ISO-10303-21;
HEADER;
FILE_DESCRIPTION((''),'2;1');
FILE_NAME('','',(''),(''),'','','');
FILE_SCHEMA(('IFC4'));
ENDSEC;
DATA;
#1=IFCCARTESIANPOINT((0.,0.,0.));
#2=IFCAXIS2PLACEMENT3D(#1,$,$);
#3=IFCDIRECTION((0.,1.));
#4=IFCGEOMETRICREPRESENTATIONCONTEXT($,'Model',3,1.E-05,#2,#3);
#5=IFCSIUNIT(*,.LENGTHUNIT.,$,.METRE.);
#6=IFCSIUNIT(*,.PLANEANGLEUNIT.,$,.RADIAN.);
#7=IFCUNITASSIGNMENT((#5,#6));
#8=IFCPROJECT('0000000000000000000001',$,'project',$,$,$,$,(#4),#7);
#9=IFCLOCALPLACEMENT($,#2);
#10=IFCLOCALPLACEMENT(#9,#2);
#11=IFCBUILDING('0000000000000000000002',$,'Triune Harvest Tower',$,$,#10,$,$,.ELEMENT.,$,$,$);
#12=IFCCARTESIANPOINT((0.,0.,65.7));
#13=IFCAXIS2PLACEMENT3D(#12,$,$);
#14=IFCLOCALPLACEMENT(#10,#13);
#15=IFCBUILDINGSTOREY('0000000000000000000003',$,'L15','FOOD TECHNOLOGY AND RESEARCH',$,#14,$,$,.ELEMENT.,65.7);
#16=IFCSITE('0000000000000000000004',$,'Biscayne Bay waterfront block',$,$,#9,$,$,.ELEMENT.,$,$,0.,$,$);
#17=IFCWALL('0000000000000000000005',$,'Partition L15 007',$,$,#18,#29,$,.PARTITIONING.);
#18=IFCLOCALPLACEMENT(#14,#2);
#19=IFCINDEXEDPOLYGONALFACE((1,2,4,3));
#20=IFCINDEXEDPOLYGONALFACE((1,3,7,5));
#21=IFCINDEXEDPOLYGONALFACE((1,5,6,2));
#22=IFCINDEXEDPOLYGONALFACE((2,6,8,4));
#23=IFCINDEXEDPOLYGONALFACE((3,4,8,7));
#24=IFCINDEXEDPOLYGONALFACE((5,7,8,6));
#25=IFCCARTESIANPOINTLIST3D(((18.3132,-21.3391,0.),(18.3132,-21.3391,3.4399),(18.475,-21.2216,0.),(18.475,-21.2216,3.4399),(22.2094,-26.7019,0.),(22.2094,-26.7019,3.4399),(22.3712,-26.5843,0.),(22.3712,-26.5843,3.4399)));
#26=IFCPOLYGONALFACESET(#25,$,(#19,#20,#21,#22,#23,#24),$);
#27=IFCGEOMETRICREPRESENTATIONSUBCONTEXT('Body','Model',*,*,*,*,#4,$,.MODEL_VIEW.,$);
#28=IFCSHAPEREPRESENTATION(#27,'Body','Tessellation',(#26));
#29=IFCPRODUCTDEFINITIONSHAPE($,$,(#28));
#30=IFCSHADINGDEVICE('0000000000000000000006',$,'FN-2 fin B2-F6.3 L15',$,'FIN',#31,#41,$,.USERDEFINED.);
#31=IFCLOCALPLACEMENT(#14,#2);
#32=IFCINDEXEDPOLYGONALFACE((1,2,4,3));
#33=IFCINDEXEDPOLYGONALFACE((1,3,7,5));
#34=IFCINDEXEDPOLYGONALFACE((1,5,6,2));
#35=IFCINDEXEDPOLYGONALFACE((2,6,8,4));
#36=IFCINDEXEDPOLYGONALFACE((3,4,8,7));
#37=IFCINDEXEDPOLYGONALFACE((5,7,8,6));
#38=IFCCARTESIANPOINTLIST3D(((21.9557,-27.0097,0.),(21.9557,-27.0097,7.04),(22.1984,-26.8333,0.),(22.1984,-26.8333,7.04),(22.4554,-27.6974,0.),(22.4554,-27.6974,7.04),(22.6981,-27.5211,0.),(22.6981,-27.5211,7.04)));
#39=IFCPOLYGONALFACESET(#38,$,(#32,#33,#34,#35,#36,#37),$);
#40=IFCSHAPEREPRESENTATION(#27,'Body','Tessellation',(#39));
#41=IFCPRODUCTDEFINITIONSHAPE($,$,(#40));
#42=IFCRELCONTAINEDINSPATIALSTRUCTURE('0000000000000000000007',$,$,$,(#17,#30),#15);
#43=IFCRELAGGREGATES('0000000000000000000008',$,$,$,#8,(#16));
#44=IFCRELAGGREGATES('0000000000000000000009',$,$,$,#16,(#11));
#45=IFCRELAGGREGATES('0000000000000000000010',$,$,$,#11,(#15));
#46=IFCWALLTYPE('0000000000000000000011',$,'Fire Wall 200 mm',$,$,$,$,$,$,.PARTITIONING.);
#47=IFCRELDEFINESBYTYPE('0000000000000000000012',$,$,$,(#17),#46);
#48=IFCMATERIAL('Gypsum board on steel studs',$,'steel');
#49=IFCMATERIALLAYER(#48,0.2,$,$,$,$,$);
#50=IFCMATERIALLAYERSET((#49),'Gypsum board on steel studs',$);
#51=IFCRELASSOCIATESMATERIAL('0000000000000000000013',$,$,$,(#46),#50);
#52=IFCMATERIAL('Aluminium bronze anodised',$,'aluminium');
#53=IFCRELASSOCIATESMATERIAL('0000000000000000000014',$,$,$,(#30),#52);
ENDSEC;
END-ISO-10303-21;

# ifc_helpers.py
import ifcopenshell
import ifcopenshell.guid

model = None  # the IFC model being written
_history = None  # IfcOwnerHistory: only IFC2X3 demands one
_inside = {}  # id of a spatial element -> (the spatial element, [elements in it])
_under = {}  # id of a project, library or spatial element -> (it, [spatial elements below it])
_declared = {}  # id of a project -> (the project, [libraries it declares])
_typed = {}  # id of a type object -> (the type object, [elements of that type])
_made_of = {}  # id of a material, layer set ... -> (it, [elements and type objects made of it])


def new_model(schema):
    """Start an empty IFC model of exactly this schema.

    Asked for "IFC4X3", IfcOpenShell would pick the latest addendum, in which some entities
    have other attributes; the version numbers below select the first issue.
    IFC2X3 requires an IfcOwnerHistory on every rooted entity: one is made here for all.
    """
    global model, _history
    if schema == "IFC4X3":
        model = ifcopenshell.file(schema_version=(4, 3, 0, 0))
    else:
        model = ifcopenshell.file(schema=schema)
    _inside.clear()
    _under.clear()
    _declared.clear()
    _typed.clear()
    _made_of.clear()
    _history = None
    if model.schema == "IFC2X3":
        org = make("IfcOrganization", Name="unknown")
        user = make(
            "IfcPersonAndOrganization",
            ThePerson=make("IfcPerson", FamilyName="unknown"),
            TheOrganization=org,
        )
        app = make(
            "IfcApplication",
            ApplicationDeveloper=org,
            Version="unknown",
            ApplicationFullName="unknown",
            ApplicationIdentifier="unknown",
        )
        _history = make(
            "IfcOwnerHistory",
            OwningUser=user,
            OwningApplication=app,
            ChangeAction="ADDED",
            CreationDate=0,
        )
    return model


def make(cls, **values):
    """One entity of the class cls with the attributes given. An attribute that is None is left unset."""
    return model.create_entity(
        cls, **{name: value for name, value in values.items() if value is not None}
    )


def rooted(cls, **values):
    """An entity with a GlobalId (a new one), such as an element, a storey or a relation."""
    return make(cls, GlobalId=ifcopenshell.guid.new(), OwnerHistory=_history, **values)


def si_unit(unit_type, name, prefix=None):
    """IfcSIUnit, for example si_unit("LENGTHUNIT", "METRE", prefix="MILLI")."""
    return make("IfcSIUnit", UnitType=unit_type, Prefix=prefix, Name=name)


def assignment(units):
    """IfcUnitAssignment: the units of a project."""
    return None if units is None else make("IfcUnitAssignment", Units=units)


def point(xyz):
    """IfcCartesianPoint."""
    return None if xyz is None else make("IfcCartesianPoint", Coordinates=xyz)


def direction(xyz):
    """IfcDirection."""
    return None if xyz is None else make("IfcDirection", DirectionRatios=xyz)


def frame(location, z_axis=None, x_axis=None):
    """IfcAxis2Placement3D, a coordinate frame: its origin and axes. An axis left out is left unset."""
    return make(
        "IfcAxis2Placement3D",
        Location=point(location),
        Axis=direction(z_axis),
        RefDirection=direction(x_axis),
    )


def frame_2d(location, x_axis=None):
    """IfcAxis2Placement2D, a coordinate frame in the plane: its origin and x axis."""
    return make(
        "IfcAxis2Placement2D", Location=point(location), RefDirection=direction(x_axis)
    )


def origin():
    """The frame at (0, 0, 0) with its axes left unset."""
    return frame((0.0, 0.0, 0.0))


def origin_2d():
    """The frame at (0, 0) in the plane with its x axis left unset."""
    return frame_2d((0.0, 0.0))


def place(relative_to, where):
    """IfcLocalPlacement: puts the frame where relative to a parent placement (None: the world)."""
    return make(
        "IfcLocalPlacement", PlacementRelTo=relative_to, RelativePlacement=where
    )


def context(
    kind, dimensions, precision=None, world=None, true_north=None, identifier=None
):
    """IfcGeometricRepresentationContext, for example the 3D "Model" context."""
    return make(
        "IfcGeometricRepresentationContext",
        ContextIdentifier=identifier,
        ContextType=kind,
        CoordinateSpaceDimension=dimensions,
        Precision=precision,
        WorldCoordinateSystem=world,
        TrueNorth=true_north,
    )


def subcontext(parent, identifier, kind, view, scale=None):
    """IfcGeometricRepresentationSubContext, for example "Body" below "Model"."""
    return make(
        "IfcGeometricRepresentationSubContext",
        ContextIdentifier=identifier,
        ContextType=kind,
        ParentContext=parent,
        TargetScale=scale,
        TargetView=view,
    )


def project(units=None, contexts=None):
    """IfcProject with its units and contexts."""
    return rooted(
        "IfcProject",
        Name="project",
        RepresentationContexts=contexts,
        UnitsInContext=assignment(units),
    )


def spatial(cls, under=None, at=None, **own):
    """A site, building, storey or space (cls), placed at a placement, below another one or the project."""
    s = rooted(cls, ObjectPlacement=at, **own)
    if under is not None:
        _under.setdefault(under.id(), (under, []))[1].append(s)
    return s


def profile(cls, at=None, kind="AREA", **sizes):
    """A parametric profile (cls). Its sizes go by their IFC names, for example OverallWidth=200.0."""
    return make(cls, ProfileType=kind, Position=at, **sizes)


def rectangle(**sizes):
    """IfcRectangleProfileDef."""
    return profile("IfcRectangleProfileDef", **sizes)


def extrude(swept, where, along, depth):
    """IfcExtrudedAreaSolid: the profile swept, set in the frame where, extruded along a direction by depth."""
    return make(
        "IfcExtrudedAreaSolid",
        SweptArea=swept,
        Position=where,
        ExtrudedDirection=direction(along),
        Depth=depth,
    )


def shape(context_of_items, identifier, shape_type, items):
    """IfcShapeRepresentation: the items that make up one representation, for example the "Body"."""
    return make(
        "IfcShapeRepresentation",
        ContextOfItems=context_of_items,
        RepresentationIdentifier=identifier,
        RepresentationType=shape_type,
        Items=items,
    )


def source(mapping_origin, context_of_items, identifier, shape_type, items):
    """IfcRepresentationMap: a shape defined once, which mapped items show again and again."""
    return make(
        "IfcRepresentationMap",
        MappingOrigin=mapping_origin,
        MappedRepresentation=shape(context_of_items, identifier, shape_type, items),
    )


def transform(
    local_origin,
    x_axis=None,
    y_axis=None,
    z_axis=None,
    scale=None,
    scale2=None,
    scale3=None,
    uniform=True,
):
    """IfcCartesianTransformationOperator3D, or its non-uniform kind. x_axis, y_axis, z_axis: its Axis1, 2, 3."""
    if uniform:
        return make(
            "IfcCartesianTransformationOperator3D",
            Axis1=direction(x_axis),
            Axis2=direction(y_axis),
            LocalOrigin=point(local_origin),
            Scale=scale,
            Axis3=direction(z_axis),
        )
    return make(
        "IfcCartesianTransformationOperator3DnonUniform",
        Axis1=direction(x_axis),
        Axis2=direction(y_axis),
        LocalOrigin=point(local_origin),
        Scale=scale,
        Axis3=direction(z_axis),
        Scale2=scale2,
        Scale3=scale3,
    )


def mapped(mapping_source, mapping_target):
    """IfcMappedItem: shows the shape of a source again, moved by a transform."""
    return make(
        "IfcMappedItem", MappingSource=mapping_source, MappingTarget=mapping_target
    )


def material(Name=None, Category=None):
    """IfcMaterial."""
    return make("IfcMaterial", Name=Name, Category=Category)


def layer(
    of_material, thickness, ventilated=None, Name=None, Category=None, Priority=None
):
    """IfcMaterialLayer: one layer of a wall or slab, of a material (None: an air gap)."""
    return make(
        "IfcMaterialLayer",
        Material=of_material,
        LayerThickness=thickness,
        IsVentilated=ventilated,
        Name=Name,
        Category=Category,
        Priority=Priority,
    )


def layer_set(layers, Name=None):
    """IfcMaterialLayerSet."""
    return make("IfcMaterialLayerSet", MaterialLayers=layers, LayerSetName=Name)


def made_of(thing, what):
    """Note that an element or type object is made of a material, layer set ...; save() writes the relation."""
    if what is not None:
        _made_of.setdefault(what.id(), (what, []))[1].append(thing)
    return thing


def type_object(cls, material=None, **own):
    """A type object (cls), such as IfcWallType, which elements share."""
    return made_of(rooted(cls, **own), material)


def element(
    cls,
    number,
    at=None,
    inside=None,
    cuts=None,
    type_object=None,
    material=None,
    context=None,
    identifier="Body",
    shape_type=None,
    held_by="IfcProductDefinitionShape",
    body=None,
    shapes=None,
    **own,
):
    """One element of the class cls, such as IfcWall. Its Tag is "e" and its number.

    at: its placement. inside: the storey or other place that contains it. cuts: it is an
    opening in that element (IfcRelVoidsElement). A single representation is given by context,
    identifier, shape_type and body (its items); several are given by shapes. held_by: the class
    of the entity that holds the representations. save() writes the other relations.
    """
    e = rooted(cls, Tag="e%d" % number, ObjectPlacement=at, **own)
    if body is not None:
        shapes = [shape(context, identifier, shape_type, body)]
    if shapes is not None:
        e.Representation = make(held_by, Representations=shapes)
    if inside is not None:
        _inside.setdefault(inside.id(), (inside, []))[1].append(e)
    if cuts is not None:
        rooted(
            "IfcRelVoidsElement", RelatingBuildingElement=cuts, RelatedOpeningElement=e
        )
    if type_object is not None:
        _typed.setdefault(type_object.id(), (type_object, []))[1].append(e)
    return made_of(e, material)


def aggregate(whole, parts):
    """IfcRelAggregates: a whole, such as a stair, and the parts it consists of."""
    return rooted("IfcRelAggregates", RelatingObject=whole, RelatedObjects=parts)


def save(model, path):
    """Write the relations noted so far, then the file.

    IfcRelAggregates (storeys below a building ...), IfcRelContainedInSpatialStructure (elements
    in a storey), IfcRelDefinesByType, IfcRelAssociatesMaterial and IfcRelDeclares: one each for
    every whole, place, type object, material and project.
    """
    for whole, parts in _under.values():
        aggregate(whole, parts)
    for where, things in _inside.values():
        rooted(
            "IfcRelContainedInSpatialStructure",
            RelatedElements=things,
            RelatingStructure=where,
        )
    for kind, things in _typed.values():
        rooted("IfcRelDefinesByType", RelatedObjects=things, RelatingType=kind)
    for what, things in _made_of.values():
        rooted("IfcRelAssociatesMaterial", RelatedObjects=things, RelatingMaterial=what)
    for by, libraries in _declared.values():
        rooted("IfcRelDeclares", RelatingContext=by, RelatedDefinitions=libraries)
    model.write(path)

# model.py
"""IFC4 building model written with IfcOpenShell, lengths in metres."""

from ifc_helpers import new_model, si_unit, direction, frame, frame_2d, origin, origin_2d, place, context, subcontext, project, spatial, rectangle, extrude, source, transform, mapped, material, layer, layer_set, type_object, element, save


model = new_model("IFC4")

# Units and contexts
model_context = context("Model", 3, precision=1e-05, world=origin(), true_north=direction((0.0, 1.0)))
body_context = subcontext(model_context, "Body", "Model", "MODEL_VIEW")
ifc_project = project(units=[si_unit("LENGTHUNIT", "METRE"), si_unit("PLANEANGLEUNIT", "RADIAN")], contexts=[model_context])

# Site, building, storey
site_placement = place(None, origin())
site = spatial("IfcSite", under=ifc_project, at=site_placement, Name="Biscayne Bay waterfront block", CompositionType="ELEMENT", RefElevation=0.0)
building_placement = place(site_placement, origin())
building = spatial("IfcBuilding", under=site, at=building_placement, Name="Triune Harvest Tower", CompositionType="ELEMENT")
storey_placement = place(building_placement, frame((0.0, 0.0, 65.7)))
storey = spatial("IfcBuildingStorey", under=building, at=storey_placement, Name="L15", Description="FOOD TECHNOLOGY AND RESEARCH", CompositionType="ELEMENT", Elevation=65.7)

# Wall
ifc_material_1 = material(Name="Gypsum board on steel studs", Category="steel")
ifc_layer_1 = layer(ifc_material_1, 0.2)
ifc_layer_set_1 = layer_set([ifc_layer_1], Name="Gypsum board on steel studs")
wall_type = type_object("IfcWallType", Name="Fire Wall 200 mm", PredefinedType="PARTITIONING", material=ifc_layer_set_1)
wall_placement = place(storey_placement, frame((18.394, -21.2803, 0.0), z_axis=(0.0, 0.0, 1.0), x_axis=(0.58778, -0.809021, 0.0)))
element("IfcWall", 1, at=wall_placement, inside=storey, type_object=wall_type, Name="Partition L15 007", PredefinedType="PARTITIONING", context=body_context, shape_type="SweptSolid", body=[
    extrude(rectangle(XDim=6.6287, YDim=0.2, at=frame_2d((3.3145, 0.0))), origin(), (0.0, 0.0, 1.0), 3.4399),
])

# Shading device
ifc_material_2 = material(Name="Aluminium bronze anodised", Category="aluminium")
shared_shape_1 = source(origin(), body_context, "Body", "SweptSolid", [
    extrude(rectangle(XDim=0.3, YDim=0.8501, at=origin_2d()), origin(), (0.0, 0.0, 1.0), 7.04),
])
shading_device_placement = place(storey_placement, frame((22.3269, -27.2654, 0.0), z_axis=(0.0, 0.0, 1.0), x_axis=(0.809013, 0.58779, 0.0)))
element("IfcShadingDevice", 2, at=shading_device_placement, inside=storey, material=ifc_material_2, Name="FN-2 fin B2-F6.3 L15", ObjectType="FIN", PredefinedType="USERDEFINED", context=body_context, shape_type="MappedRepresentation", body=[
    mapped(shared_shape_1, transform((0.0, 0.0, 0.0), scale=1.0)),
])

save(model, "model.ifc")
